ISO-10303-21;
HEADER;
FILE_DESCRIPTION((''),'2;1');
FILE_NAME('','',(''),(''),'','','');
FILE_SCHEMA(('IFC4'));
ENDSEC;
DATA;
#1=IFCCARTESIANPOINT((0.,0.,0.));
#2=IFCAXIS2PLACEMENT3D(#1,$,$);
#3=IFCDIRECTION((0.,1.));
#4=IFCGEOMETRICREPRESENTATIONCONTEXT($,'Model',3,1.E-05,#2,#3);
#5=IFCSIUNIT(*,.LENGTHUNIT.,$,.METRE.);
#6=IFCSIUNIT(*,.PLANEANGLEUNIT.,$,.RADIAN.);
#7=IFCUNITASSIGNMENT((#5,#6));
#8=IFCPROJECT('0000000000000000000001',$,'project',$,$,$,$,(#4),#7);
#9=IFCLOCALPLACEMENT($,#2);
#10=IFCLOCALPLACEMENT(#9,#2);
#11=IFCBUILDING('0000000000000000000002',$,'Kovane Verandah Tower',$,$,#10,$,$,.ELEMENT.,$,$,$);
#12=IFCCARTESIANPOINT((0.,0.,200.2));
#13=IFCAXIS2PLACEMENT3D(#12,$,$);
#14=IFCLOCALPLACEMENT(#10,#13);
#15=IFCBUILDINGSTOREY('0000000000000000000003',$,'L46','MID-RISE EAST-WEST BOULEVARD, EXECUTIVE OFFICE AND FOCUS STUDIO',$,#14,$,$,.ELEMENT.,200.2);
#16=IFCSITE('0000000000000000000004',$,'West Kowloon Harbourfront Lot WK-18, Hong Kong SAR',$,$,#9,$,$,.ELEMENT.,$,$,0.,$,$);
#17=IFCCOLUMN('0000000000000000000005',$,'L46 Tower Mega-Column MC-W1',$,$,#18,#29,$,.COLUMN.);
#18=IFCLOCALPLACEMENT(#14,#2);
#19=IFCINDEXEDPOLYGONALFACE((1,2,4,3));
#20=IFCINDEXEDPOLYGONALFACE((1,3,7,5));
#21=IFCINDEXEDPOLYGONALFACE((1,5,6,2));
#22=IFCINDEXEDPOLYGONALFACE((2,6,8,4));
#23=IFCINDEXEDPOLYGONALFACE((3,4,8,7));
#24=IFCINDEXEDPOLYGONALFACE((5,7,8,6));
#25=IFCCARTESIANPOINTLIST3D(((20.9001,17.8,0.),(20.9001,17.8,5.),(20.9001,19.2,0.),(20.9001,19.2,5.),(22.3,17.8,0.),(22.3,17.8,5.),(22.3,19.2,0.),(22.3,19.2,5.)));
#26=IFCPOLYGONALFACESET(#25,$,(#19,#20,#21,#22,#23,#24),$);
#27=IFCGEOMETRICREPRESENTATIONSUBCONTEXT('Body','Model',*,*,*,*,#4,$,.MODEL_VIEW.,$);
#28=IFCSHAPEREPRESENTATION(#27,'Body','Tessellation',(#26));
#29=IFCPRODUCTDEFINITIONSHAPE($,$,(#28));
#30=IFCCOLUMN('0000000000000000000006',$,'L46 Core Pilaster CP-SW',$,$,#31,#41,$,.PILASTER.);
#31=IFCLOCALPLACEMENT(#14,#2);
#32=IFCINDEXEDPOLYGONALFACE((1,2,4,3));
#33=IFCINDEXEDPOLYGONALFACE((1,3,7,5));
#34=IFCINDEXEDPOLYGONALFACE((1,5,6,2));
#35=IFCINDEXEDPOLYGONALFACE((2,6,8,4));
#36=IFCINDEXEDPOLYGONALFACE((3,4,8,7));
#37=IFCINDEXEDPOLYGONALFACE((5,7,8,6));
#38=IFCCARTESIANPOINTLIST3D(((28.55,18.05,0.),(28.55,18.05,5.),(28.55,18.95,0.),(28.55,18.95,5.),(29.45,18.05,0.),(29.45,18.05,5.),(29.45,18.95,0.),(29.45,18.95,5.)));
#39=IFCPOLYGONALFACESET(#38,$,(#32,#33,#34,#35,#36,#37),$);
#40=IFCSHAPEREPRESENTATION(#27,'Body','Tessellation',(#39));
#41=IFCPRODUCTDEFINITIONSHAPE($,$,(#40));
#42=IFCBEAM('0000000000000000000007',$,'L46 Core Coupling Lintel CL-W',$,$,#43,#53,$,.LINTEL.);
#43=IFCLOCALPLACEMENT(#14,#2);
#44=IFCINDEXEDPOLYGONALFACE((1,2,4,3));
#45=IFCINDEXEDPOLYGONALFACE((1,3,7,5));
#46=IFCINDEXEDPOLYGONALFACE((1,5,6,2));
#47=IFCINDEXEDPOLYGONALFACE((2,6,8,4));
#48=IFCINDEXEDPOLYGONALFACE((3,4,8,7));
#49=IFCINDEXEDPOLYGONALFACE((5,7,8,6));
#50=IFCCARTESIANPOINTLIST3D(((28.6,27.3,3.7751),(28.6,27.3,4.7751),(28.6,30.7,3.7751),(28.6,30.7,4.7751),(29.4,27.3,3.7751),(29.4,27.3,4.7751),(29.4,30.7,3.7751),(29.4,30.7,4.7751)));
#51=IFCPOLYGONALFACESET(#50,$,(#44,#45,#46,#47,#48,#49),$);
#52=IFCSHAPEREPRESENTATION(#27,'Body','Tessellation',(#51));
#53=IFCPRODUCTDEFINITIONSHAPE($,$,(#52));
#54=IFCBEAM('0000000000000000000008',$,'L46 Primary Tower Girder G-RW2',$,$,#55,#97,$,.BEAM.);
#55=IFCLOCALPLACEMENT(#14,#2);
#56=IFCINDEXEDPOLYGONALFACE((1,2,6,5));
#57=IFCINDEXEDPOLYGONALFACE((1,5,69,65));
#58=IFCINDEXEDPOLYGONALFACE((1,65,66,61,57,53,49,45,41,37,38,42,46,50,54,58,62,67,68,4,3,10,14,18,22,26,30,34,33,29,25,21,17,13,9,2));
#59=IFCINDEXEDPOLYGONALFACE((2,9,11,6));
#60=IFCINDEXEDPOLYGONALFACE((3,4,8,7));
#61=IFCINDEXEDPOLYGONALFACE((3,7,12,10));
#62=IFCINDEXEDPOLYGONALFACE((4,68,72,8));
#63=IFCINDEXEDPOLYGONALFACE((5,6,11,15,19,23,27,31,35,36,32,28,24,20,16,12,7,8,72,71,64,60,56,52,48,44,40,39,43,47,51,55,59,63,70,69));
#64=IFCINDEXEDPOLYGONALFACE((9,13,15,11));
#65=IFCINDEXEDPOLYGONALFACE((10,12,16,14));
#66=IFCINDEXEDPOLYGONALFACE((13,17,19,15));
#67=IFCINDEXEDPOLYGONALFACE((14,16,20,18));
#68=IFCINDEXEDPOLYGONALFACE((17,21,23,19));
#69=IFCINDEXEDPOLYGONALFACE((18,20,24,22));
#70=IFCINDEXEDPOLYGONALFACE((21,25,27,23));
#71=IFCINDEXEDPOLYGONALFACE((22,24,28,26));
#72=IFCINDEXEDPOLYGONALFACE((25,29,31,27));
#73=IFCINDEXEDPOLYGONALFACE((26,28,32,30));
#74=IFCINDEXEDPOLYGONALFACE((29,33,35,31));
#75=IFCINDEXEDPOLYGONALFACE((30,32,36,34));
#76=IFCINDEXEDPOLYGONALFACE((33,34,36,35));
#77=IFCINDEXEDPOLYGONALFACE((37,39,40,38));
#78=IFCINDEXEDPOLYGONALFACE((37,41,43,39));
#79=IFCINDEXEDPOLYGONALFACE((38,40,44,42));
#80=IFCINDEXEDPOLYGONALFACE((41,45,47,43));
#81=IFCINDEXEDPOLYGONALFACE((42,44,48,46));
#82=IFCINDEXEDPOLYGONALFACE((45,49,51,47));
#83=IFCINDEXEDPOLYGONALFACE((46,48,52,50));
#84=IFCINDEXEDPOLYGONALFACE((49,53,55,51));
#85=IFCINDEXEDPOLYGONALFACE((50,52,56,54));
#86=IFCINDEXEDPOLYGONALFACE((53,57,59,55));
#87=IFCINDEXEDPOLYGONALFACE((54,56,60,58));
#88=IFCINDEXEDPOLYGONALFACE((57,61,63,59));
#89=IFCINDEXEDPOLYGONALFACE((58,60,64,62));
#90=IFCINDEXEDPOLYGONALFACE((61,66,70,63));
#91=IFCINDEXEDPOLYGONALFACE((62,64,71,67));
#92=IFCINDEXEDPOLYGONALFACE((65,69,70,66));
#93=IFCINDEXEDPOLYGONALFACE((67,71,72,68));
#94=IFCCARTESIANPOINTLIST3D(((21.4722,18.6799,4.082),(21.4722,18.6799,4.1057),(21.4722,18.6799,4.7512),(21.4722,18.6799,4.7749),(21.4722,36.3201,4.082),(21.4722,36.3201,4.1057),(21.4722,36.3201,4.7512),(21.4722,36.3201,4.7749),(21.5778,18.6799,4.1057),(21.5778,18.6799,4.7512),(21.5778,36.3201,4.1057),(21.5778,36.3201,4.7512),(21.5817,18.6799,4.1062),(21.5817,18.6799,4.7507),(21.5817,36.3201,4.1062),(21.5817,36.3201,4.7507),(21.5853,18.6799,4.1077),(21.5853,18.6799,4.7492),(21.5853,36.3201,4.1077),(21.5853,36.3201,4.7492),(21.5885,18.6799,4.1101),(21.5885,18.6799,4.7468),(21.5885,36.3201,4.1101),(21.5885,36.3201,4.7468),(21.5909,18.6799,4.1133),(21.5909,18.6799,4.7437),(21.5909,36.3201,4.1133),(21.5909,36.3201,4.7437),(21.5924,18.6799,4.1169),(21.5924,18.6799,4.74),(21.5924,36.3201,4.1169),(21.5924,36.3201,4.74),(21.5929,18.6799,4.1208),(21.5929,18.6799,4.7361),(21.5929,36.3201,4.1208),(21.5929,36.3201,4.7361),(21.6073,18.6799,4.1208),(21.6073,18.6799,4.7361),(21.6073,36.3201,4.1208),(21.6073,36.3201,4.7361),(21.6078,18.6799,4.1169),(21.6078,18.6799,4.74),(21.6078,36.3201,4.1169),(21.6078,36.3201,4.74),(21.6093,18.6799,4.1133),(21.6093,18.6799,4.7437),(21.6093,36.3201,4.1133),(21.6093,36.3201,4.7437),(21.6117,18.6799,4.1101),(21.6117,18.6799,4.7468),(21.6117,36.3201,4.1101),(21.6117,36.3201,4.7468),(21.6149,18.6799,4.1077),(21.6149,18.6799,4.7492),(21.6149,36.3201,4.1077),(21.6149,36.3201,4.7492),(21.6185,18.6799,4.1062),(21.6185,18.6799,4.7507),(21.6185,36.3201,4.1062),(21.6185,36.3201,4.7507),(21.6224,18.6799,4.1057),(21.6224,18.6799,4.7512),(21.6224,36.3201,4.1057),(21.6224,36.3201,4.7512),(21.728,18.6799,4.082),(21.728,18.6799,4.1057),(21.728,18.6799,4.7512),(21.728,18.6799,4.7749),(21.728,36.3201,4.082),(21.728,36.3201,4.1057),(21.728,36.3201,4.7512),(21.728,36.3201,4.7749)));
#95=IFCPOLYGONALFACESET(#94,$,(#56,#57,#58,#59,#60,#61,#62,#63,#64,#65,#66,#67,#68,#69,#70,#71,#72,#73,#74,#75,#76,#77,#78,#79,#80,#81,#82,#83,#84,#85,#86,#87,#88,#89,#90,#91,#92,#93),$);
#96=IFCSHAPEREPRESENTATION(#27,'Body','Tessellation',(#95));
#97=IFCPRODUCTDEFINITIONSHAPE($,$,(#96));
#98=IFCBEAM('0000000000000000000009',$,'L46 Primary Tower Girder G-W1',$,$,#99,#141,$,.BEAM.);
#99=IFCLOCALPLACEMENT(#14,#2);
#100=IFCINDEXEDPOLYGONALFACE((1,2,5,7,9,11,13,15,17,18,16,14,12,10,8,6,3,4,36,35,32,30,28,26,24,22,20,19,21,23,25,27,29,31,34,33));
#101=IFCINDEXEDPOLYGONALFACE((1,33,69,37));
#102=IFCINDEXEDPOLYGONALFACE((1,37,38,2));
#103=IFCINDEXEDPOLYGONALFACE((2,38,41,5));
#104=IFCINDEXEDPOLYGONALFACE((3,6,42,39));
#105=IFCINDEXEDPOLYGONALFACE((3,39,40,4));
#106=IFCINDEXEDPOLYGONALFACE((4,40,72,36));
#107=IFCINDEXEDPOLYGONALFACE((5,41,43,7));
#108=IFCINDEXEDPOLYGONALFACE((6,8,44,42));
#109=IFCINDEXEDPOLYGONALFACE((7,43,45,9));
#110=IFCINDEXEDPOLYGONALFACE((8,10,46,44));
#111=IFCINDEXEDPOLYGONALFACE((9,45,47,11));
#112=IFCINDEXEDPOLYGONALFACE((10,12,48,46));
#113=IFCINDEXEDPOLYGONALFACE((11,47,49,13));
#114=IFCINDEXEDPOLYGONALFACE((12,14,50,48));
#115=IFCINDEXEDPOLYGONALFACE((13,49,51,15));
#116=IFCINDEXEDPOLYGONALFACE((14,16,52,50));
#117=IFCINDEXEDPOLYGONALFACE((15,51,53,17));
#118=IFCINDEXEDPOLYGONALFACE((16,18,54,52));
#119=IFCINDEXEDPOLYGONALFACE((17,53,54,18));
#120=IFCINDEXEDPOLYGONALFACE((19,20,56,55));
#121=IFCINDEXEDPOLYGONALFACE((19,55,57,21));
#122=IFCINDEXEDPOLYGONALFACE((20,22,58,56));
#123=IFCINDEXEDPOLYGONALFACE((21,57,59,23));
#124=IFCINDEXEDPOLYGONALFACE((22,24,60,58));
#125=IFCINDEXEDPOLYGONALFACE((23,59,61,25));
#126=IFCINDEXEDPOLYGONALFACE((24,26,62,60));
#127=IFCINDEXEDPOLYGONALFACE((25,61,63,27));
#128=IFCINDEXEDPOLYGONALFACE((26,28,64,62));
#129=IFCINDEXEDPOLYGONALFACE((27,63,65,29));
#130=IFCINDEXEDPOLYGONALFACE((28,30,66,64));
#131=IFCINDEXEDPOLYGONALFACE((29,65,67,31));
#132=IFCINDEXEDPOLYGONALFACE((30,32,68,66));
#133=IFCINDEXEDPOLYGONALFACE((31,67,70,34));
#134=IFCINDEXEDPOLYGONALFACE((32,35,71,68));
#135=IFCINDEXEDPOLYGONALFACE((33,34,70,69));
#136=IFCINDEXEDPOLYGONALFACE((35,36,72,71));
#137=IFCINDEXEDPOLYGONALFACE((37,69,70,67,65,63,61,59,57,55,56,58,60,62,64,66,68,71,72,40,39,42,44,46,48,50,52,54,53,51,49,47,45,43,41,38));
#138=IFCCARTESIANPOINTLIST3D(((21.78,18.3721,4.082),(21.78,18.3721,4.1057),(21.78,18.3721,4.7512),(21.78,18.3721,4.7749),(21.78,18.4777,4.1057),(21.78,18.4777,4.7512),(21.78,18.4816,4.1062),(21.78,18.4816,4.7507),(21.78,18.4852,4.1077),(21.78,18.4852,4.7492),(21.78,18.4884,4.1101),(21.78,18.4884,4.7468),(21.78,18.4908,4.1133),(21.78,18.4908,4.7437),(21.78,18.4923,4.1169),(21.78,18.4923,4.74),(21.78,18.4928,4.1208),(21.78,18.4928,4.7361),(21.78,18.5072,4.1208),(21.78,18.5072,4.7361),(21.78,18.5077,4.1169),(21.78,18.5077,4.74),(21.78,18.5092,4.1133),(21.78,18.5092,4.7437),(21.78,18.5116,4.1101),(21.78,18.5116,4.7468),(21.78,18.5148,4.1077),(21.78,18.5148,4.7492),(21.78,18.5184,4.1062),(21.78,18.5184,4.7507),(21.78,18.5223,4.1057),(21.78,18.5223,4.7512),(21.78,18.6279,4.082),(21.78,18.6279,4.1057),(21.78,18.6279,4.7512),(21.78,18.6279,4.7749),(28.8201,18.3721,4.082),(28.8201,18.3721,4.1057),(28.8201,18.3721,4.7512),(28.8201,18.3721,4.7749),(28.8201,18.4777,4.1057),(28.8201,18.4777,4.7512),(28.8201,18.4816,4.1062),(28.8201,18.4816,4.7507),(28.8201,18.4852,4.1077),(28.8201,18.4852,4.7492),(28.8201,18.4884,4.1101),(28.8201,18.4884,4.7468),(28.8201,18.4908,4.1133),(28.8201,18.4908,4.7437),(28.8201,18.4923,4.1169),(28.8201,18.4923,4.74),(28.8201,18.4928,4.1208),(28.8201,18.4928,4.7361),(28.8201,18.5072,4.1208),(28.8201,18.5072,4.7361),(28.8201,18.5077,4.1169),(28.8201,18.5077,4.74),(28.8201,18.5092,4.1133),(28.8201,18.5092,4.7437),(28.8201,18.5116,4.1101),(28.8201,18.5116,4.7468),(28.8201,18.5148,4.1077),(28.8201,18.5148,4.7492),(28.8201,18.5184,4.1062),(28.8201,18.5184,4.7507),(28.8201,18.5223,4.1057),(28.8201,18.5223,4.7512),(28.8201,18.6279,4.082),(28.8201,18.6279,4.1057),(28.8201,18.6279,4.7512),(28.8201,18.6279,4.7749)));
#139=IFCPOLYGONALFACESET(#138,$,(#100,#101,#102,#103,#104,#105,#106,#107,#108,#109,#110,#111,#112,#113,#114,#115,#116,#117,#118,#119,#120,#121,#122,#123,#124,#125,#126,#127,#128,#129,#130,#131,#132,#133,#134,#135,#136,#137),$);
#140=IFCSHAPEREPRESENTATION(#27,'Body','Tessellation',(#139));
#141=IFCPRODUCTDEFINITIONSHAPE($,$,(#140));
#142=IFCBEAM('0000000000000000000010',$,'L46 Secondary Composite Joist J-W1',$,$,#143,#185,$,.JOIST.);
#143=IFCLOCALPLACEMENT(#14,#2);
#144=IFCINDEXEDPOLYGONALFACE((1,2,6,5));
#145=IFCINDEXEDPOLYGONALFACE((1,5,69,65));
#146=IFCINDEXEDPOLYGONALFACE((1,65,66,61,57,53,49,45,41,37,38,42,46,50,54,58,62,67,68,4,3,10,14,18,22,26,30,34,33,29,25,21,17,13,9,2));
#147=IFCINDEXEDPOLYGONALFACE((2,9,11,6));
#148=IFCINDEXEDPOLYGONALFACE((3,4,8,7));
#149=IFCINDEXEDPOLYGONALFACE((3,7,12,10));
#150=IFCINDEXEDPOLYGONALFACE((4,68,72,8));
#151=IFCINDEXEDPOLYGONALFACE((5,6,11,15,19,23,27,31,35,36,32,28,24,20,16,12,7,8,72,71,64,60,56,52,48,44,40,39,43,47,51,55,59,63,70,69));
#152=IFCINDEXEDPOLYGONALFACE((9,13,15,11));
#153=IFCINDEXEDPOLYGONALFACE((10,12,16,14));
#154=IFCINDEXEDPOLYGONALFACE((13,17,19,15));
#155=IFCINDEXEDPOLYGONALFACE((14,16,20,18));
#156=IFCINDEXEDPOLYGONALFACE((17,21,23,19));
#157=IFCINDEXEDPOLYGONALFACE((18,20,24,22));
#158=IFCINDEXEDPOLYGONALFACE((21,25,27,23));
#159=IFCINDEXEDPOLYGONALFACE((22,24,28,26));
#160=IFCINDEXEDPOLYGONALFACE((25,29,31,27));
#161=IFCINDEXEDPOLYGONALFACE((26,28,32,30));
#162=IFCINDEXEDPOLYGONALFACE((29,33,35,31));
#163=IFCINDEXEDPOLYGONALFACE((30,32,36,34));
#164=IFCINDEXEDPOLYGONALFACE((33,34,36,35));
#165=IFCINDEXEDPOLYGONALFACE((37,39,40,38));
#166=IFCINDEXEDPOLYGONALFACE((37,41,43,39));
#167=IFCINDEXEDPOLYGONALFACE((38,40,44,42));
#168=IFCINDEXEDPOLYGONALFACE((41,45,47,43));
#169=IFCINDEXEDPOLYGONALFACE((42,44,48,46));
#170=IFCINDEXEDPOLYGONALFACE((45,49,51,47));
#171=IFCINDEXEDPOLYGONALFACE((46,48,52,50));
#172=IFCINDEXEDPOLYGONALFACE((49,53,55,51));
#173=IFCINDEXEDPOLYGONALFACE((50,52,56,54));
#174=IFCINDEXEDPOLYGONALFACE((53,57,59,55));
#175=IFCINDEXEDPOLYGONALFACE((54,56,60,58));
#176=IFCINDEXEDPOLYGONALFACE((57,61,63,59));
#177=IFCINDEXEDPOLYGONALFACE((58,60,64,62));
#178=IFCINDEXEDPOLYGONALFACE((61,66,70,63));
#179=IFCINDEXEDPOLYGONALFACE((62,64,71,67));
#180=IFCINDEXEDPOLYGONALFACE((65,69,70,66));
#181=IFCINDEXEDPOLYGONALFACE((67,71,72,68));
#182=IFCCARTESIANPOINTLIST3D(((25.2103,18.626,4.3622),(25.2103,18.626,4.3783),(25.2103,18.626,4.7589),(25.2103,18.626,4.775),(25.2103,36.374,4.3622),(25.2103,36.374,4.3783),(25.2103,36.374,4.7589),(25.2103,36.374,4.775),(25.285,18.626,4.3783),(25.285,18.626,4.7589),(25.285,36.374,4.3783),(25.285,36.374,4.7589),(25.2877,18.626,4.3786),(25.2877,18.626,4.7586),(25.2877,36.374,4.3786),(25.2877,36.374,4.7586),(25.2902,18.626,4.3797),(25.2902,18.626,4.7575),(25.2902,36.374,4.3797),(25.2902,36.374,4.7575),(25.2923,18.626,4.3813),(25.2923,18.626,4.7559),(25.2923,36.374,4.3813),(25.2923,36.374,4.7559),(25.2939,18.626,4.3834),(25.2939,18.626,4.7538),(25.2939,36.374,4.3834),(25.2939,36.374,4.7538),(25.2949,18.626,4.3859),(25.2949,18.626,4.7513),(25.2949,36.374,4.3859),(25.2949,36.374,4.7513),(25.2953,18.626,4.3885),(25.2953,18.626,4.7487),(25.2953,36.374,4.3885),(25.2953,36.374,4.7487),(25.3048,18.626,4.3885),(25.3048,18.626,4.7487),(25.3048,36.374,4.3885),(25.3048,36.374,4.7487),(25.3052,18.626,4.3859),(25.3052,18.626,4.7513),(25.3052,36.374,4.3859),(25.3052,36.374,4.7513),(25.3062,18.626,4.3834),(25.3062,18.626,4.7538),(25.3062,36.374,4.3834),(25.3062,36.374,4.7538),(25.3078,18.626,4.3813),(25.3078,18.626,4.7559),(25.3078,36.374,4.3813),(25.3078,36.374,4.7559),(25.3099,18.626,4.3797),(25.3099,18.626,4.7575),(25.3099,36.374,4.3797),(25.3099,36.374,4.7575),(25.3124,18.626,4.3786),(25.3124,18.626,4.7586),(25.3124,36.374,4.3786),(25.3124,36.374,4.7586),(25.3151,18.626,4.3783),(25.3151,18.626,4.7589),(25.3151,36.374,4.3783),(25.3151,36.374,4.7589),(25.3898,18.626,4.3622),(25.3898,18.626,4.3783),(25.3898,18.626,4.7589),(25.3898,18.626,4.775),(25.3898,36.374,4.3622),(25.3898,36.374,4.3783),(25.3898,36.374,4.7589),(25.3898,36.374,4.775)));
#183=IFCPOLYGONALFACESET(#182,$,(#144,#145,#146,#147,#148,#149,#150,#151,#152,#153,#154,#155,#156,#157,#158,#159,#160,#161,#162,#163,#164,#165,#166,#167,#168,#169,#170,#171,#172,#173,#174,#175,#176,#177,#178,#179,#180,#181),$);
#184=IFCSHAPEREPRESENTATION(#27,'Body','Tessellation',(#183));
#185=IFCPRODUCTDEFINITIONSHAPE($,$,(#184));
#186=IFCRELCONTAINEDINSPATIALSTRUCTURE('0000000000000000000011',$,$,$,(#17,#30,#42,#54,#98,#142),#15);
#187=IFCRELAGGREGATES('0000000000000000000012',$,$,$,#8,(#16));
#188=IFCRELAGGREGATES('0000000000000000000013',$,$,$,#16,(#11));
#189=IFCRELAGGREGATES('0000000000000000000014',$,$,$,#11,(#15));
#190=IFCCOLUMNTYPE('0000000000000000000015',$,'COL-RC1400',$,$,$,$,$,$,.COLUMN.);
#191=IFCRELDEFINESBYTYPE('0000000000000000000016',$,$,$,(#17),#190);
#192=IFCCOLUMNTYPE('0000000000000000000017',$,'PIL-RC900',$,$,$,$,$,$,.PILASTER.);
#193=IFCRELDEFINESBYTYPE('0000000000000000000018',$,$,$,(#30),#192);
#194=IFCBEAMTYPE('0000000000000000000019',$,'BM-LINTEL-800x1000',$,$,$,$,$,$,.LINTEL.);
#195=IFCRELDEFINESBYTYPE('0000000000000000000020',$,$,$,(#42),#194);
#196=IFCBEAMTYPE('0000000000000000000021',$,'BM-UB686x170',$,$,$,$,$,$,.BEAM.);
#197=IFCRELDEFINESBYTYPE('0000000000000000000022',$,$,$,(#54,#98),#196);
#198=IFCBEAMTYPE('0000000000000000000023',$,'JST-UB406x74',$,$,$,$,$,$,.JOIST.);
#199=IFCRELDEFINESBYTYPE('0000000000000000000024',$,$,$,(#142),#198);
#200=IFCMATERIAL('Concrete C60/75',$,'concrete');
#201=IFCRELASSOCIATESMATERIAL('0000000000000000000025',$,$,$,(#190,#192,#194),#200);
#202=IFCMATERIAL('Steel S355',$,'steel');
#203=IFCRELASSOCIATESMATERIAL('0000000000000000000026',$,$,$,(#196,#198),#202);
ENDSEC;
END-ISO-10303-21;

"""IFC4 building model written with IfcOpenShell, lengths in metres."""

from ifc_helpers import new_model, si_unit, direction, frame, origin, origin_2d, place, context, subcontext, project, spatial, rectangle, i_section, extrude, material, material_profile, profile_set, type_object, element, save


model = new_model("IFC4")

# Units and contexts
model_context = context("Model", 3, precision=1e-05, world=origin(), true_north=direction((0.0, 1.0)))
body_context = subcontext(model_context, "Body", "Model", "MODEL_VIEW")
ifc_project = project(units=[si_unit("LENGTHUNIT", "METRE"), si_unit("PLANEANGLEUNIT", "RADIAN")], contexts=[model_context])

# Site, building, storey
site_placement = place(None, origin())
site = spatial("IfcSite", under=ifc_project, at=site_placement, Name="West Kowloon Harbourfront Lot WK-18, Hong Kong SAR", CompositionType="ELEMENT", RefElevation=0.0)
building_placement = place(site_placement, origin())
building = spatial("IfcBuilding", under=site, at=building_placement, Name="Kovane Verandah Tower", CompositionType="ELEMENT")
storey_placement = place(building_placement, frame((0.0, 0.0, 200.2)))
storey = spatial("IfcBuildingStorey", under=building, at=storey_placement, Name="L46", Description="MID-RISE EAST-WEST BOULEVARD, EXECUTIVE OFFICE AND FOCUS STUDIO", CompositionType="ELEMENT", Elevation=200.2)

# Columns
ifc_material_1 = material(Name="Concrete C60/75", Category="concrete")
ifc_material_profile_1 = material_profile(ifc_material_1, rectangle(XDim=1.3999, YDim=1.3999, at=origin_2d()), Name="RC1400x1400")
ifc_profile_set_1 = profile_set([ifc_material_profile_1], Name="Concrete C60/75")
column_type_1 = type_object("IfcColumnType", Name="COL-RC1400", PredefinedType="COLUMN", material=ifc_profile_set_1)
column_1_placement = place(storey_placement, frame((21.6001, 18.5, 0.0), z_axis=(0.0, 0.0, 1.0), x_axis=(1.0, 0.0, 0.0)))
element("IfcColumn", 1, at=column_1_placement, inside=storey, type_object=column_type_1, Name="L46 Tower Mega-Column MC-W1", PredefinedType="COLUMN", context=body_context, shape_type="SweptSolid", body=[
    extrude(rectangle(XDim=1.3999, YDim=1.3999, at=origin_2d()), origin(), (0.0, 0.0, 1.0), 5.0),
])
ifc_material_profile_2 = material_profile(ifc_material_1, rectangle(XDim=0.8999, YDim=0.8999, at=origin_2d()), Name="RC900x900")
ifc_profile_set_2 = profile_set([ifc_material_profile_2], Name="Concrete C60/75")
column_type_2 = type_object("IfcColumnType", Name="PIL-RC900", PredefinedType="PILASTER", material=ifc_profile_set_2)
column_2_placement = place(storey_placement, frame((29.0, 18.5, 0.0), z_axis=(0.0, 0.0, 1.0), x_axis=(1.0, 0.0, 0.0)))
element("IfcColumn", 2, at=column_2_placement, inside=storey, type_object=column_type_2, Name="L46 Core Pilaster CP-SW", PredefinedType="PILASTER", context=body_context, shape_type="SweptSolid", body=[
    extrude(rectangle(XDim=0.8999, YDim=0.8999, at=origin_2d()), origin(), (0.0, 0.0, 1.0), 5.0),
])

# Beams
ifc_material_profile_3 = material_profile(ifc_material_1, rectangle(XDim=0.8, YDim=1.0, at=origin_2d()), Name="RCB800x1000")
ifc_profile_set_3 = profile_set([ifc_material_profile_3], Name="Concrete C60/75")
beam_type_1 = type_object("IfcBeamType", Name="BM-LINTEL-800x1000", PredefinedType="LINTEL", material=ifc_profile_set_3)
beam_1_placement = place(storey_placement, frame((29.0, 27.3, 4.2751), z_axis=(0.0, 1.0, 0.0), x_axis=(-1.0, 0.0, 0.0)))
element("IfcBeam", 3, at=beam_1_placement, inside=storey, type_object=beam_type_1, Name="L46 Core Coupling Lintel CL-W", PredefinedType="LINTEL", context=body_context, shape_type="SweptSolid", body=[
    extrude(rectangle(XDim=0.8, YDim=1.0, at=origin_2d()), origin(), (0.0, 0.0, 1.0), 3.3999),
])
ifc_material_2 = material(Name="Steel S355", Category="steel")
ifc_material_profile_4 = material_profile(ifc_material_2, i_section(OverallWidth=0.2559, OverallDepth=0.6929, WebThickness=0.0144, FlangeThickness=0.0237, FilletRadius=0.0151, at=origin_2d()), Name="UB686x254x170")
ifc_profile_set_4 = profile_set([ifc_material_profile_4], Name="Steel S355")
beam_type_2 = type_object("IfcBeamType", Name="BM-UB686x170", PredefinedType="BEAM", material=ifc_profile_set_4)
beam_2_placement = place(storey_placement, frame((21.6001, 18.6799, 4.4285), z_axis=(0.0, 1.0, 0.0), x_axis=(-1.0, 0.0, 0.0)))
element("IfcBeam", 4, at=beam_2_placement, inside=storey, type_object=beam_type_2, Name="L46 Primary Tower Girder G-RW2", PredefinedType="BEAM", context=body_context, shape_type="SweptSolid", body=[
    extrude(i_section(OverallWidth=0.2559, OverallDepth=0.6929, WebThickness=0.0144, FlangeThickness=0.0237, FilletRadius=0.0151, at=origin_2d()), origin(), (0.0, 0.0, 1.0), 17.6401),
])
beam_3_placement = place(storey_placement, frame((28.8201, 18.5, 4.4285), z_axis=(-1.0, 0.0, 0.0), x_axis=(0.0, -1.0, 0.0)))
element("IfcBeam", 5, at=beam_3_placement, inside=storey, type_object=beam_type_2, Name="L46 Primary Tower Girder G-W1", PredefinedType="BEAM", context=body_context, shape_type="SweptSolid", body=[
    extrude(i_section(OverallWidth=0.2559, OverallDepth=0.6929, WebThickness=0.0144, FlangeThickness=0.0237, FilletRadius=0.0151, at=origin_2d()), origin(), (0.0, 0.0, 1.0), 7.04),
])
ifc_material_profile_5 = material_profile(ifc_material_2, i_section(OverallWidth=0.1794, OverallDepth=0.4128, WebThickness=0.0095, FlangeThickness=0.0161, FilletRadius=0.0103, at=origin_2d()), Name="UB406x178x74")
ifc_profile_set_5 = profile_set([ifc_material_profile_5], Name="Steel S355")
beam_type_3 = type_object("IfcBeamType", Name="JST-UB406x74", PredefinedType="JOIST", material=ifc_profile_set_5)
beam_4_placement = place(storey_placement, frame((25.3, 18.626, 4.5686), z_axis=(0.0, 1.0, 0.0), x_axis=(-1.0, 0.0, 0.0)))
element("IfcBeam", 6, at=beam_4_placement, inside=storey, type_object=beam_type_3, Name="L46 Secondary Composite Joist J-W1", PredefinedType="JOIST", context=body_context, shape_type="SweptSolid", body=[
    extrude(i_section(OverallWidth=0.1794, OverallDepth=0.4128, WebThickness=0.0095, FlangeThickness=0.0161, FilletRadius=0.0103, at=origin_2d()), origin(), (0.0, 0.0, 1.0), 17.748),
])

save(model, "model.ifc")
